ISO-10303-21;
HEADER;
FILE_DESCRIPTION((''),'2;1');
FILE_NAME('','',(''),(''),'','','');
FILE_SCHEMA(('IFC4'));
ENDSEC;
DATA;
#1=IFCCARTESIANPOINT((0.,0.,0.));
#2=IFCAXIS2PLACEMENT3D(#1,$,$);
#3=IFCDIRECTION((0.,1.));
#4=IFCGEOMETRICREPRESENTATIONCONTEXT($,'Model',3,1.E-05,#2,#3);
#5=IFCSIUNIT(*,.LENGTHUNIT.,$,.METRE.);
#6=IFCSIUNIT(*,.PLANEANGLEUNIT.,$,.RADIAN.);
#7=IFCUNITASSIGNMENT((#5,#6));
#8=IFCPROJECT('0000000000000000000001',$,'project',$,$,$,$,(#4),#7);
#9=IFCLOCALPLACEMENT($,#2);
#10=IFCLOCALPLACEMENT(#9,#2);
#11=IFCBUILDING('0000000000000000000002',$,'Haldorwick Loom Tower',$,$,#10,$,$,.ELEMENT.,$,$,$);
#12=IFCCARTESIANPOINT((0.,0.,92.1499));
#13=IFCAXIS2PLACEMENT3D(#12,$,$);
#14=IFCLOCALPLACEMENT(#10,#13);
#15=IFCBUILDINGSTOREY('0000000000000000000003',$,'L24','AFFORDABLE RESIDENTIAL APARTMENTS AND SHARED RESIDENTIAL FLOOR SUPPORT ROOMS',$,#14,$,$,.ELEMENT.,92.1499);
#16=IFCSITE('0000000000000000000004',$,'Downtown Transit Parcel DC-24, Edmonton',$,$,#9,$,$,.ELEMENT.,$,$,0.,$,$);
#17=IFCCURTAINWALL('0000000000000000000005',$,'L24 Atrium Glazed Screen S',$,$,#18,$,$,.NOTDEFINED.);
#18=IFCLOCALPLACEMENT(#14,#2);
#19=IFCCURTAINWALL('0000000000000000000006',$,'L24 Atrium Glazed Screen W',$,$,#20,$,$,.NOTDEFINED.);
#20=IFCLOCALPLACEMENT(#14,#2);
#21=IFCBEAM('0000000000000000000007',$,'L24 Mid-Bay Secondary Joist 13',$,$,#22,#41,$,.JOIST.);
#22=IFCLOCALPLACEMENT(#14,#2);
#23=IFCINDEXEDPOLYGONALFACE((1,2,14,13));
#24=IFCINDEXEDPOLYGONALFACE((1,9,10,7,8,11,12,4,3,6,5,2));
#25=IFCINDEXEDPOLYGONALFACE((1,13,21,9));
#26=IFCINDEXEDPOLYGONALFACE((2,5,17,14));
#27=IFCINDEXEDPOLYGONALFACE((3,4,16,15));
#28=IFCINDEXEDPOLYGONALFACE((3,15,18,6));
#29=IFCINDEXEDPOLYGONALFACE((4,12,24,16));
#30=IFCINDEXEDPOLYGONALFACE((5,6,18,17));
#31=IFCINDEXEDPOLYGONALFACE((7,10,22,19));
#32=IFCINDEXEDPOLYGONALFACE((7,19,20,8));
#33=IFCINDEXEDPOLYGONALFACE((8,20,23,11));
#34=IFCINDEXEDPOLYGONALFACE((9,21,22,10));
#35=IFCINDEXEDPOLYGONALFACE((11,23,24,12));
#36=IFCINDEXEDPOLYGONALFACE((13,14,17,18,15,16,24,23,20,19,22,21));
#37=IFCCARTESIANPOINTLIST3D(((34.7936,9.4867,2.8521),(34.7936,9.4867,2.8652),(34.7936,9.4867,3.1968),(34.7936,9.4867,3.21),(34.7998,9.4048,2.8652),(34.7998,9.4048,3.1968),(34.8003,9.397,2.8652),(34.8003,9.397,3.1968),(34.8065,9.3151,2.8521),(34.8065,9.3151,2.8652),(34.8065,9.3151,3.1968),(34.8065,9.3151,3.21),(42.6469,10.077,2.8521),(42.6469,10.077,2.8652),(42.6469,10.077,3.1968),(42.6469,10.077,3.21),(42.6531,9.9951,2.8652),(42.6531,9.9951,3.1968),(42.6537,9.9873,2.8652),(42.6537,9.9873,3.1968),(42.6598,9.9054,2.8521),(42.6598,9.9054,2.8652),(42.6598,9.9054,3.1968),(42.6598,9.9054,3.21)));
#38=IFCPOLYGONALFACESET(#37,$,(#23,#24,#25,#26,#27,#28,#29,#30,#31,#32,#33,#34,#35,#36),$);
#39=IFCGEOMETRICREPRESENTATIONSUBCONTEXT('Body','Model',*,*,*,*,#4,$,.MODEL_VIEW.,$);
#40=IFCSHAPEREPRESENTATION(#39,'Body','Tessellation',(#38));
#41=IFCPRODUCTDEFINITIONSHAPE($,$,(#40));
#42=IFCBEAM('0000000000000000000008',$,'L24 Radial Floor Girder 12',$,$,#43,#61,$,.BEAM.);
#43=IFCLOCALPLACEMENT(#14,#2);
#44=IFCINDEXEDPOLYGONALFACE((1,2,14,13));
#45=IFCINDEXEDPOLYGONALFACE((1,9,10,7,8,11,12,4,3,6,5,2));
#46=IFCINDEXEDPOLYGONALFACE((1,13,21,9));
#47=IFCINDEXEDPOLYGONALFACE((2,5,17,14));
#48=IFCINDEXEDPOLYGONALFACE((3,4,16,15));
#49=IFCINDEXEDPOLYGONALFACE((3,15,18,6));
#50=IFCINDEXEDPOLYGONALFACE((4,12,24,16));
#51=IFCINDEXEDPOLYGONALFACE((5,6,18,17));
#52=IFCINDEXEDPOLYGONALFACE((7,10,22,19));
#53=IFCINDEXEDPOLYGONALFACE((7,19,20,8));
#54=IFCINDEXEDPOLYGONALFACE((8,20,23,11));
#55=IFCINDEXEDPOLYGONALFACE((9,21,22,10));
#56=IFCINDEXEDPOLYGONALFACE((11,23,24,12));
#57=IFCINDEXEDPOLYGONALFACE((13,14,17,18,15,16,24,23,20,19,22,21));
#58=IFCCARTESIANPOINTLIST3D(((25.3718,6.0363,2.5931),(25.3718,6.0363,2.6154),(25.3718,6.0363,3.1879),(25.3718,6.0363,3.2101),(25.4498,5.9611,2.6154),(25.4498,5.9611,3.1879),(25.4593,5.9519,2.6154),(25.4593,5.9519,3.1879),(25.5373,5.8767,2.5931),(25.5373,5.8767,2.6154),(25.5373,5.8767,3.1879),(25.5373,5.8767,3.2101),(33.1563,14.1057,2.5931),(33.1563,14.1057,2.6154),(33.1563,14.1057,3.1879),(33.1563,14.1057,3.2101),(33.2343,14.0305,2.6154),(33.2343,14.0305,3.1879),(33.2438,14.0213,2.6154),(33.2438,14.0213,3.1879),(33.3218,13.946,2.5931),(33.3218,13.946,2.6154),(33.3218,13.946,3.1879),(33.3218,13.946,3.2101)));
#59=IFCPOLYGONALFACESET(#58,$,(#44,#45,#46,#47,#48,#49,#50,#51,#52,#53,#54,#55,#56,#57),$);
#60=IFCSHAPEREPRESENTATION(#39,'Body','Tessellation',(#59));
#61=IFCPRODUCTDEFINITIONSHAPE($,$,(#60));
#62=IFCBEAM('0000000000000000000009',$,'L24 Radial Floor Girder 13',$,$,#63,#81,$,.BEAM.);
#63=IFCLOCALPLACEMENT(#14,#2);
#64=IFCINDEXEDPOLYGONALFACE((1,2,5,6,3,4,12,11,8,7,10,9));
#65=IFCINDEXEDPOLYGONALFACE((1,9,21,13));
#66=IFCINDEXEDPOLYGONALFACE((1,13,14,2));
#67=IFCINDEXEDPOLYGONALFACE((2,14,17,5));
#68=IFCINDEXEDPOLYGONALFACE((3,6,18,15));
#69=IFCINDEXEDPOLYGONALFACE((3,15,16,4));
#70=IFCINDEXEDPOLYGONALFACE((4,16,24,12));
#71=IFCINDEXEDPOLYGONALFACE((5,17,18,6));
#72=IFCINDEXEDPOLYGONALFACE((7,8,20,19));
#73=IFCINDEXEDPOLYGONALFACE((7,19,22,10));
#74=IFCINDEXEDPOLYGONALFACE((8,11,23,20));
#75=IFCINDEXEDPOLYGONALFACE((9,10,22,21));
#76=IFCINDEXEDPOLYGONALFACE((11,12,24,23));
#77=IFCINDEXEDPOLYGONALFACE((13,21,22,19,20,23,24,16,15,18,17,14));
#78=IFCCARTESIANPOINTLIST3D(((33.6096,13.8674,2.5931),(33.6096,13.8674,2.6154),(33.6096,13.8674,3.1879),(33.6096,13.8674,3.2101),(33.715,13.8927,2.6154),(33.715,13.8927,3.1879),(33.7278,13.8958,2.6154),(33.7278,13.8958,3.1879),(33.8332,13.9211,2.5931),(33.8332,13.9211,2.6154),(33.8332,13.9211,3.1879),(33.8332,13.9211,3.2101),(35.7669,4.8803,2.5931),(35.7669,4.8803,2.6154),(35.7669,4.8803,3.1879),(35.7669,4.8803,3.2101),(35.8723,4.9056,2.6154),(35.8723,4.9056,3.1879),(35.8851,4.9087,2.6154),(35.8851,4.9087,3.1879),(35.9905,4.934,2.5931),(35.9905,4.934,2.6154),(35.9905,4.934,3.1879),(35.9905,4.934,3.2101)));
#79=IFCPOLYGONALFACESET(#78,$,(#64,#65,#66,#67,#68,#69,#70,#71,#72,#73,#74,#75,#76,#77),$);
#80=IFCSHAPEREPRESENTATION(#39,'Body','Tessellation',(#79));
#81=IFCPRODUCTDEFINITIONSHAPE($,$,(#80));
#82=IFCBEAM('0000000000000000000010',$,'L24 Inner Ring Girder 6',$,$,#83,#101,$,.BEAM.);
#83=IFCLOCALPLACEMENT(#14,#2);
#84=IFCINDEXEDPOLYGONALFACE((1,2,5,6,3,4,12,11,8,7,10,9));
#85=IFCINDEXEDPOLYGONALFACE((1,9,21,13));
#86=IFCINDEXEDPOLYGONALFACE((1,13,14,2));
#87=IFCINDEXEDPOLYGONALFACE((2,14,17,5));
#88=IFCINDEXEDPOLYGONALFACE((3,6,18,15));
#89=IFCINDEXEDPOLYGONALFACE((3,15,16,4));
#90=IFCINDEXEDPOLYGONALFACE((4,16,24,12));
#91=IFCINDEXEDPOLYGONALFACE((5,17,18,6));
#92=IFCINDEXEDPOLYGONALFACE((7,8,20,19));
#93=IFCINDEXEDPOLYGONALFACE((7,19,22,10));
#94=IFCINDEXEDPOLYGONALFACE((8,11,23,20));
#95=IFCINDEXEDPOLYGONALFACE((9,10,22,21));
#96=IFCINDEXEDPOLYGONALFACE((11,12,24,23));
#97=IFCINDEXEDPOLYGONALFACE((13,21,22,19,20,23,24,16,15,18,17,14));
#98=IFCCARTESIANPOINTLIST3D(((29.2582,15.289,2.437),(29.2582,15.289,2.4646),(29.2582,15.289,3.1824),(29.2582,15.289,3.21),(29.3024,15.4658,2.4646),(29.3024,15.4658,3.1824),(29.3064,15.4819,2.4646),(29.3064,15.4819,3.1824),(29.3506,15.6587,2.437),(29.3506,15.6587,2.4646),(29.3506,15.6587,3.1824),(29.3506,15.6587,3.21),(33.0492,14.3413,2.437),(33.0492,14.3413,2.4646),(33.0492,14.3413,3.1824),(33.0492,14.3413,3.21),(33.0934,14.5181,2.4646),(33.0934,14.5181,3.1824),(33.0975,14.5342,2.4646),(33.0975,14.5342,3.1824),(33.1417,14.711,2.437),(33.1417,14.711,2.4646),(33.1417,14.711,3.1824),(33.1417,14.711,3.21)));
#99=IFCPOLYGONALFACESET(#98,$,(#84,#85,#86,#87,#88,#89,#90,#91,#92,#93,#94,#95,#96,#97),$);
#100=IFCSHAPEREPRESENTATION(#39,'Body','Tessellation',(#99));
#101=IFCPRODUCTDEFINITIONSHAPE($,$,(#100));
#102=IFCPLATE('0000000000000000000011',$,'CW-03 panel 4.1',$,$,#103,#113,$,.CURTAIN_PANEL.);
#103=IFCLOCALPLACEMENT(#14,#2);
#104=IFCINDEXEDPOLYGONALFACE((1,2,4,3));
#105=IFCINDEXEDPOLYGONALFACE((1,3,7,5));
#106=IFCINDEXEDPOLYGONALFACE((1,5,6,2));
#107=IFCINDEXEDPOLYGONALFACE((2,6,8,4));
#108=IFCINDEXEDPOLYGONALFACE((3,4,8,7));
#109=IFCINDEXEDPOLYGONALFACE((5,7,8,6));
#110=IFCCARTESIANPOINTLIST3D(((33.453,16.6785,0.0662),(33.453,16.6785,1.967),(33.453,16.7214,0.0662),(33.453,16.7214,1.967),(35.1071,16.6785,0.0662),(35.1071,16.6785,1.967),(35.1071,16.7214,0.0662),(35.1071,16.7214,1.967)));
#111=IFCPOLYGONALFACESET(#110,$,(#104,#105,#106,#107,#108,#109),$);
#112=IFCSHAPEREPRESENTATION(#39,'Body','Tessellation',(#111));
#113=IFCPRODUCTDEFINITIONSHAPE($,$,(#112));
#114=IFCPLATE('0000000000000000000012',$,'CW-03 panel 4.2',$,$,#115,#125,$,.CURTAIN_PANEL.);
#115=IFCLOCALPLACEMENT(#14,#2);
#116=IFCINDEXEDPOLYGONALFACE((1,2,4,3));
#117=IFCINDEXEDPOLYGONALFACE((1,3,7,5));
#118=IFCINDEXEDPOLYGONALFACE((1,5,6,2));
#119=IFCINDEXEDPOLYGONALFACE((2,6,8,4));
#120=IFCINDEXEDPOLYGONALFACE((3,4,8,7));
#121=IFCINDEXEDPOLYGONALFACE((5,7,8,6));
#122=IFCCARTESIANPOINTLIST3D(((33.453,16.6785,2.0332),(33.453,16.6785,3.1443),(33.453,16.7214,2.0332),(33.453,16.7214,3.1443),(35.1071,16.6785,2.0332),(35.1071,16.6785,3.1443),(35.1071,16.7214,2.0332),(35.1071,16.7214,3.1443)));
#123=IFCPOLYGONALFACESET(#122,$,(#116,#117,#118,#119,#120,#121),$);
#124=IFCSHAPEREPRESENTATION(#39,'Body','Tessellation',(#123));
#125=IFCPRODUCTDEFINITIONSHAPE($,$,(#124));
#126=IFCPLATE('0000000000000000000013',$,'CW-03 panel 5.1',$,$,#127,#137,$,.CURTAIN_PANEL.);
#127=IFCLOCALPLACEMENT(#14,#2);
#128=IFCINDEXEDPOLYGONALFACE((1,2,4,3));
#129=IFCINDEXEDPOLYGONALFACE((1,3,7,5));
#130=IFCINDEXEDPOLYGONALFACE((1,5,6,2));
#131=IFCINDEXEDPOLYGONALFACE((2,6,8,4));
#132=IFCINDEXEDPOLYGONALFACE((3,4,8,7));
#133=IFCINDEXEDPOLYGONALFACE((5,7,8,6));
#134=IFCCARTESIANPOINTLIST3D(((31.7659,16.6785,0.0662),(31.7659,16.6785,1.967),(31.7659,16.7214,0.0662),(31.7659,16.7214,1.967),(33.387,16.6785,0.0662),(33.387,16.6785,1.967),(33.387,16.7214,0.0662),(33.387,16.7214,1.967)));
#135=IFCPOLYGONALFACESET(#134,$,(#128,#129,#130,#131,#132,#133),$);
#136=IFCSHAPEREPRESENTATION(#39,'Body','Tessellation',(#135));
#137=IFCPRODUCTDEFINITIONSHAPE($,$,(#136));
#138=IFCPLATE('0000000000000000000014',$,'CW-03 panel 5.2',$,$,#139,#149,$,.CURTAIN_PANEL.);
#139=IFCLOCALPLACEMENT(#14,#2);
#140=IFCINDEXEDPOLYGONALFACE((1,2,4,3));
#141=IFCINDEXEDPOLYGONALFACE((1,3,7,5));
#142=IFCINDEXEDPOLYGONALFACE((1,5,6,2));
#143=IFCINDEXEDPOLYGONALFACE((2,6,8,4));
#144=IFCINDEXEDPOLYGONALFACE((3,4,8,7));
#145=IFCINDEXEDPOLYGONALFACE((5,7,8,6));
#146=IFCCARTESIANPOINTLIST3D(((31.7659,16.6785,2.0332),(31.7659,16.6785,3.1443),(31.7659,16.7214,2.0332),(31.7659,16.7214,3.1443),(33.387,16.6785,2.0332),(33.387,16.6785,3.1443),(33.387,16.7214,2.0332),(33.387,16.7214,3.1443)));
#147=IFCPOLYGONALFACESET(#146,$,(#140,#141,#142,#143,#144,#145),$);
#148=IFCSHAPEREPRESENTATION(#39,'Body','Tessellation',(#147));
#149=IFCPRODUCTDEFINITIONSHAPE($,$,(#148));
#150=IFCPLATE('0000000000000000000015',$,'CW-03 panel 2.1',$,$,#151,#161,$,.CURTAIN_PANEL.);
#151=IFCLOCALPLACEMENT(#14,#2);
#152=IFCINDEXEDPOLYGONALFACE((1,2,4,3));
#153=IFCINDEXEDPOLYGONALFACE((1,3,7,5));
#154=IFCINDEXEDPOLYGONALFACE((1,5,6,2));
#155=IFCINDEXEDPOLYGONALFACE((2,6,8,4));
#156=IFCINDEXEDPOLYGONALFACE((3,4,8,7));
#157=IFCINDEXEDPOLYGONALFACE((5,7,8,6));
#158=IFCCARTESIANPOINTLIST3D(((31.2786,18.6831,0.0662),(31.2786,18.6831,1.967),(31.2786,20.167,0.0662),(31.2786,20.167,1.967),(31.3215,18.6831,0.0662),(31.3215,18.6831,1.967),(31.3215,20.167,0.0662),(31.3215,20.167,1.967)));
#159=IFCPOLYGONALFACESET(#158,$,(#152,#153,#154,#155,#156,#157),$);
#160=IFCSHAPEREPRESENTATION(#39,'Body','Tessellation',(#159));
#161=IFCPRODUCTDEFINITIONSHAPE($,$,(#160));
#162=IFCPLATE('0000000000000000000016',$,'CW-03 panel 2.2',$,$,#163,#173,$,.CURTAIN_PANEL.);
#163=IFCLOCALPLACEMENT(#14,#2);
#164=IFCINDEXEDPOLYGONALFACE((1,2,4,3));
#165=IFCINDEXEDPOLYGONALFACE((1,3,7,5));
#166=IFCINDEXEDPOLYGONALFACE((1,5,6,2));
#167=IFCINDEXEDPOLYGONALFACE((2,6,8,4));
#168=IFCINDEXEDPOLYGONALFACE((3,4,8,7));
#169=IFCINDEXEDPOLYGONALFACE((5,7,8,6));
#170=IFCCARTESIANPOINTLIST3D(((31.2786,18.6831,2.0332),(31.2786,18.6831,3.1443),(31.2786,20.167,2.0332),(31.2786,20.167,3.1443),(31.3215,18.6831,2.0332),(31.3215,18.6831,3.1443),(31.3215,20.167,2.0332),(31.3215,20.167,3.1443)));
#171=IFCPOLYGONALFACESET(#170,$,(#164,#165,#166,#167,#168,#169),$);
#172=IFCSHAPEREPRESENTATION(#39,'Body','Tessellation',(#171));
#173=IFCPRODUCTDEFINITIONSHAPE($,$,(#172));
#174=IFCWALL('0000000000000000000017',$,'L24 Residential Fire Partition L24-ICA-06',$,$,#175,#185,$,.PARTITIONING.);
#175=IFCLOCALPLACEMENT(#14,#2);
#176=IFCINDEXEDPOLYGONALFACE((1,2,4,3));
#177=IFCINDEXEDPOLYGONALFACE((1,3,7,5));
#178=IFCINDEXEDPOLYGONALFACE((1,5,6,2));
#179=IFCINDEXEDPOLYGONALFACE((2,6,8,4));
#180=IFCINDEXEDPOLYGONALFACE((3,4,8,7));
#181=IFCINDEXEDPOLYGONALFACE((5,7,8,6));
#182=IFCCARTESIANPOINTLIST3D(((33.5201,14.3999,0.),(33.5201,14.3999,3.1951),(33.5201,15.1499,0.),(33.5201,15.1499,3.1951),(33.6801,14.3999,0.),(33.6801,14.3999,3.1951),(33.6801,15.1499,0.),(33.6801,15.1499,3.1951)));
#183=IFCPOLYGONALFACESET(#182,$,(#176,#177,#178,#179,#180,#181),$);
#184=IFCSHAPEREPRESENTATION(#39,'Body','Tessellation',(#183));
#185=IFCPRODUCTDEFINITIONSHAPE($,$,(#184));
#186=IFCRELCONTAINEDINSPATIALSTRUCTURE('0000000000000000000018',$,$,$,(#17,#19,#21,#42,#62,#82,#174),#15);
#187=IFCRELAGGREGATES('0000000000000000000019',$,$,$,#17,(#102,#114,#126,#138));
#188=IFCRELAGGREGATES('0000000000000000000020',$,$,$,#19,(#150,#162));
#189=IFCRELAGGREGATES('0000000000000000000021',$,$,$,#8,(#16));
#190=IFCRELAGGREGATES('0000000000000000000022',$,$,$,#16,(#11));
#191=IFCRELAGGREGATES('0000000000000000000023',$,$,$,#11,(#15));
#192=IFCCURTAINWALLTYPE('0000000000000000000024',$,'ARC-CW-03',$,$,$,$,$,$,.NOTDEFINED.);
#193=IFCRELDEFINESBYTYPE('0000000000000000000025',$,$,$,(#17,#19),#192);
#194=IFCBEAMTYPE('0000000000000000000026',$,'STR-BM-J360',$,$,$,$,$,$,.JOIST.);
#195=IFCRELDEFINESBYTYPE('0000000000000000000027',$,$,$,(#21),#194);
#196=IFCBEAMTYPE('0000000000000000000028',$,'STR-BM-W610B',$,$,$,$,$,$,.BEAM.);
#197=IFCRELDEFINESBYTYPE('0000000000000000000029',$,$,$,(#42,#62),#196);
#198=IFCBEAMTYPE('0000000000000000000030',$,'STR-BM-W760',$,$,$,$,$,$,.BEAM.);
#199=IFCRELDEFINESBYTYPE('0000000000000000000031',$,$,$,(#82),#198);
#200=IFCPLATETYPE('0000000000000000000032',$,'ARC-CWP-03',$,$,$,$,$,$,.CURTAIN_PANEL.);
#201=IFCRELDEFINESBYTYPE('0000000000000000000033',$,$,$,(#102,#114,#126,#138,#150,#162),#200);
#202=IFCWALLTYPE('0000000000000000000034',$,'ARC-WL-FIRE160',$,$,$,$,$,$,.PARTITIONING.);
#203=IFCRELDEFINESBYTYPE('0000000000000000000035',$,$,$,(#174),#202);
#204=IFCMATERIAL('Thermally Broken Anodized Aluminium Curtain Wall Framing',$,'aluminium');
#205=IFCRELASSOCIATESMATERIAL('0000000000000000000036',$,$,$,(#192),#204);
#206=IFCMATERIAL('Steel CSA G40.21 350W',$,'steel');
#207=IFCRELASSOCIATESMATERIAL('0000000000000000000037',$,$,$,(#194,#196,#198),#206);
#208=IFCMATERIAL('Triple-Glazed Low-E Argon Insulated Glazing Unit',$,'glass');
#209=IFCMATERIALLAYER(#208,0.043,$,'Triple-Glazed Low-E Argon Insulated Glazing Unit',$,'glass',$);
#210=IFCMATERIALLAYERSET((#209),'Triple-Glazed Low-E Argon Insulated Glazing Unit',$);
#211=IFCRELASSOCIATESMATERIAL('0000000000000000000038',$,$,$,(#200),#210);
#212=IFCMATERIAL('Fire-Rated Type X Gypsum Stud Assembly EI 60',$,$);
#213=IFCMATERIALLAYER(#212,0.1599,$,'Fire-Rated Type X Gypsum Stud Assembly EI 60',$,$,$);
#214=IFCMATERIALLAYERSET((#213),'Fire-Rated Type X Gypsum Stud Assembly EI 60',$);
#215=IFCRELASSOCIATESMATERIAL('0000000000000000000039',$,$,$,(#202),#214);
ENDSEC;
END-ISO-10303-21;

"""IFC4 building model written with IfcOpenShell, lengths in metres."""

from ifc_helpers import new_model, si_unit, direction, frame, frame_2d, origin, origin_2d, place, context, subcontext, project, spatial, rectangle, i_section, extrude, material, layer, layer_set, material_profile, profile_set, type_object, element, aggregate, save


model = new_model("IFC4")

# Units and contexts
model_context = context("Model", 3, precision=1e-05, world=origin(), true_north=direction((0.0, 1.0)))
body_context = subcontext(model_context, "Body", "Model", "MODEL_VIEW")
ifc_project = project(units=[si_unit("LENGTHUNIT", "METRE"), si_unit("PLANEANGLEUNIT", "RADIAN")], contexts=[model_context])

# Site, building, storey
site_placement = place(None, origin())
site = spatial("IfcSite", under=ifc_project, at=site_placement, Name="Downtown Transit Parcel DC-24, Edmonton", CompositionType="ELEMENT", RefElevation=0.0)
building_placement = place(site_placement, origin())
building = spatial("IfcBuilding", under=site, at=building_placement, Name="Haldorwick Loom Tower", CompositionType="ELEMENT")
storey_placement = place(building_placement, frame((0.0, 0.0, 92.1499)))
storey = spatial("IfcBuildingStorey", under=building, at=storey_placement, Name="L24", Description="AFFORDABLE RESIDENTIAL APARTMENTS AND SHARED RESIDENTIAL FLOOR SUPPORT ROOMS", CompositionType="ELEMENT", Elevation=92.1499)

# Curtain wall
ifc_material_1 = material(Name="Thermally Broken Anodized Aluminium Curtain Wall Framing", Category="aluminium")
curtain_wall_type = type_object("IfcCurtainWallType", Name="ARC-CW-03", PredefinedType="NOTDEFINED", material=ifc_material_1)
curtain_wall_1_placement = place(storey_placement, origin())
curtain_wall_1 = element("IfcCurtainWall", 1, at=curtain_wall_1_placement, inside=storey, type_object=curtain_wall_type, Name="L24 Atrium Glazed Screen S", PredefinedType="NOTDEFINED")

# Curtain wall
curtain_wall_2_placement = place(storey_placement, origin())
curtain_wall_2 = element("IfcCurtainWall", 2, at=curtain_wall_2_placement, inside=storey, type_object=curtain_wall_type, Name="L24 Atrium Glazed Screen W", PredefinedType="NOTDEFINED")

# Beams
ifc_material_2 = material(Name="Steel CSA G40.21 350W", Category="steel")
ifc_material_profile_1 = material_profile(ifc_material_2, i_section(OverallWidth=0.1721, OverallDepth=0.3579, WebThickness=0.0078, FlangeThickness=0.0132, at=origin_2d()), Name="W360X57", Category="steel")
ifc_profile_set_1 = profile_set([ifc_material_profile_1], Name="Steel CSA G40.21 350W")
beam_type_1 = type_object("IfcBeamType", Name="STR-BM-J360", PredefinedType="JOIST", material=ifc_profile_set_1)
beam_1_placement = place(storey_placement, frame((34.8, 9.4009, 3.031), z_axis=(0.997187, 0.074959, 0.0), x_axis=(-0.074959, 0.997187, 0.0)))
element("IfcBeam", 3, at=beam_1_placement, inside=storey, type_object=beam_type_1, Name="L24 Mid-Bay Secondary Joist 13", PredefinedType="JOIST", context=body_context, shape_type="SweptSolid", body=[
    extrude(i_section(OverallWidth=0.1721, OverallDepth=0.3579, WebThickness=0.0078, FlangeThickness=0.0132, at=origin_2d()), origin(), (0.0, 0.0, 1.0), 7.8755),
])
ifc_material_profile_2 = material_profile(ifc_material_2, i_section(OverallWidth=0.23, OverallDepth=0.6169, WebThickness=0.0132, FlangeThickness=0.0222, at=origin_2d()), Name="W610X140", Category="steel")
ifc_profile_set_2 = profile_set([ifc_material_profile_2], Name="Steel CSA G40.21 350W")
beam_type_2 = type_object("IfcBeamType", Name="STR-BM-W610B", PredefinedType="BEAM", material=ifc_profile_set_2)
beam_2_placement = place(storey_placement, frame((33.239, 14.0259, 2.9016), z_axis=(-0.694287, -0.719698, 0.0), x_axis=(0.719698, -0.694287, 0.0)))
element("IfcBeam", 4, at=beam_2_placement, inside=storey, type_object=beam_type_2, Name="L24 Radial Floor Girder 12", PredefinedType="BEAM", context=body_context, shape_type="SweptSolid", body=[
    extrude(i_section(OverallWidth=0.23, OverallDepth=0.6169, WebThickness=0.0132, FlangeThickness=0.0222, at=origin_2d()), origin(), (0.0, 0.0, 1.0), 11.2122),
])
beam_3_placement = place(storey_placement, frame((33.7214, 13.8943, 2.9016), z_axis=(0.233407, -0.972379, 0.0), x_axis=(0.972379, 0.233407, 0.0)))
element("IfcBeam", 5, at=beam_3_placement, inside=storey, type_object=beam_type_2, Name="L24 Radial Floor Girder 13", PredefinedType="BEAM", context=body_context, shape_type="SweptSolid", body=[
    extrude(i_section(OverallWidth=0.23, OverallDepth=0.6169, WebThickness=0.0132, FlangeThickness=0.0222, at=origin_2d()), origin(), (0.0, 0.0, 1.0), 9.2424),
])
ifc_material_profile_3 = material_profile(ifc_material_2, i_section(OverallWidth=0.3811, OverallDepth=0.7729, WebThickness=0.0166, FlangeThickness=0.0276, at=origin_2d()), Name="W760X257", Category="steel")
ifc_profile_set_3 = profile_set([ifc_material_profile_3], Name="Steel CSA G40.21 350W")
beam_type_3 = type_object("IfcBeamType", Name="STR-BM-W760", PredefinedType="BEAM", material=ifc_profile_set_3)
beam_4_placement = place(storey_placement, frame((33.0955, 14.5261, 2.8235), z_axis=(-0.970143, 0.242536, 0.0), x_axis=(-0.242536, -0.970143, 0.0)))
element("IfcBeam", 6, at=beam_4_placement, inside=storey, type_object=beam_type_3, Name="L24 Inner Ring Girder 6", PredefinedType="BEAM", context=body_context, shape_type="SweptSolid", body=[
    extrude(i_section(OverallWidth=0.3811, OverallDepth=0.7729, WebThickness=0.0166, FlangeThickness=0.0276, at=origin_2d()), origin(), (0.0, 0.0, 1.0), 3.9077),
])

# Plates
ifc_material_3 = material(Name="Triple-Glazed Low-E Argon Insulated Glazing Unit", Category="glass")
ifc_layer_1 = layer(ifc_material_3, 0.043, Name="Triple-Glazed Low-E Argon Insulated Glazing Unit", Category="glass")
ifc_layer_set_1 = layer_set([ifc_layer_1], Name="Triple-Glazed Low-E Argon Insulated Glazing Unit")
plate_type = type_object("IfcPlateType", Name="ARC-CWP-03", PredefinedType="CURTAIN_PANEL", material=ifc_layer_set_1)
plate_1_placement = place(storey_placement, frame((34.28, 16.7, 0.0662), z_axis=(0.0, 0.0, 1.0), x_axis=(-1.0, 0.0, 0.0)))
plate_1 = element("IfcPlate", 7, at=plate_1_placement, type_object=plate_type, Name="CW-03 panel 4.1", PredefinedType="CURTAIN_PANEL", context=body_context, shape_type="SweptSolid", body=[
    extrude(rectangle(XDim=1.6541, YDim=0.043, at=origin_2d()), origin(), (0.0, 0.0, 1.0), 1.9009),
])
plate_2_placement = place(storey_placement, frame((34.28, 16.7, 2.0332), z_axis=(0.0, 0.0, 1.0), x_axis=(-1.0, 0.0, 0.0)))
plate_2 = element("IfcPlate", 8, at=plate_2_placement, type_object=plate_type, Name="CW-03 panel 4.2", PredefinedType="CURTAIN_PANEL", context=body_context, shape_type="SweptSolid", body=[
    extrude(rectangle(XDim=1.6541, YDim=0.043, at=origin_2d()), origin(), (0.0, 0.0, 1.0), 1.1111),
])
plate_3_placement = place(storey_placement, frame((32.5764, 16.7, 0.0662), z_axis=(0.0, 0.0, 1.0), x_axis=(-1.0, 0.0, 0.0)))
plate_3 = element("IfcPlate", 9, at=plate_3_placement, type_object=plate_type, Name="CW-03 panel 5.1", PredefinedType="CURTAIN_PANEL", context=body_context, shape_type="SweptSolid", body=[
    extrude(rectangle(XDim=1.6211, YDim=0.043, at=origin_2d()), origin(), (0.0, 0.0, 1.0), 1.9009),
])
plate_4_placement = place(storey_placement, frame((32.5764, 16.7, 2.0332), z_axis=(0.0, 0.0, 1.0), x_axis=(-1.0, 0.0, 0.0)))
plate_4 = element("IfcPlate", 10, at=plate_4_placement, type_object=plate_type, Name="CW-03 panel 5.2", PredefinedType="CURTAIN_PANEL", context=body_context, shape_type="SweptSolid", body=[
    extrude(rectangle(XDim=1.6211, YDim=0.043, at=origin_2d()), origin(), (0.0, 0.0, 1.0), 1.1111),
])
aggregate(curtain_wall_1, [plate_1, plate_2, plate_3, plate_4])
plate_5_placement = place(storey_placement, frame((31.3, 19.425, 0.0662), z_axis=(0.0, 0.0, 1.0), x_axis=(0.0, 1.0, 0.0)))
plate_5 = element("IfcPlate", 11, at=plate_5_placement, type_object=plate_type, Name="CW-03 panel 2.1", PredefinedType="CURTAIN_PANEL", context=body_context, shape_type="SweptSolid", body=[
    extrude(rectangle(XDim=1.4839, YDim=0.043, at=origin_2d()), origin(), (0.0, 0.0, 1.0), 1.9009),
])
plate_6_placement = place(storey_placement, frame((31.3, 19.425, 2.0332), z_axis=(0.0, 0.0, 1.0), x_axis=(0.0, 1.0, 0.0)))
plate_6 = element("IfcPlate", 12, at=plate_6_placement, type_object=plate_type, Name="CW-03 panel 2.2", PredefinedType="CURTAIN_PANEL", context=body_context, shape_type="SweptSolid", body=[
    extrude(rectangle(XDim=1.4839, YDim=0.043, at=origin_2d()), origin(), (0.0, 0.0, 1.0), 1.1111),
])
aggregate(curtain_wall_2, [plate_5, plate_6])

# Wall
ifc_material_4 = material(Name="Fire-Rated Type X Gypsum Stud Assembly EI 60")
ifc_layer_2 = layer(ifc_material_4, 0.1599, Name="Fire-Rated Type X Gypsum Stud Assembly EI 60")
ifc_layer_set_2 = layer_set([ifc_layer_2], Name="Fire-Rated Type X Gypsum Stud Assembly EI 60")
wall_type = type_object("IfcWallType", Name="ARC-WL-FIRE160", PredefinedType="PARTITIONING", material=ifc_layer_set_2)
wall_placement = place(storey_placement, frame((33.6001, 15.1499, 0.0), z_axis=(0.0, 0.0, 1.0), x_axis=(0.0, -1.0, 0.0)))
element("IfcWall", 13, at=wall_placement, inside=storey, type_object=wall_type, Name="L24 Residential Fire Partition L24-ICA-06", PredefinedType="PARTITIONING", context=body_context, shape_type="SweptSolid", body=[
    extrude(rectangle(XDim=0.75, YDim=0.1599, at=frame_2d((0.375, 0.0))), origin(), (0.0, 0.0, 1.0), 3.1951),
])

save(model, "model.ifc")
